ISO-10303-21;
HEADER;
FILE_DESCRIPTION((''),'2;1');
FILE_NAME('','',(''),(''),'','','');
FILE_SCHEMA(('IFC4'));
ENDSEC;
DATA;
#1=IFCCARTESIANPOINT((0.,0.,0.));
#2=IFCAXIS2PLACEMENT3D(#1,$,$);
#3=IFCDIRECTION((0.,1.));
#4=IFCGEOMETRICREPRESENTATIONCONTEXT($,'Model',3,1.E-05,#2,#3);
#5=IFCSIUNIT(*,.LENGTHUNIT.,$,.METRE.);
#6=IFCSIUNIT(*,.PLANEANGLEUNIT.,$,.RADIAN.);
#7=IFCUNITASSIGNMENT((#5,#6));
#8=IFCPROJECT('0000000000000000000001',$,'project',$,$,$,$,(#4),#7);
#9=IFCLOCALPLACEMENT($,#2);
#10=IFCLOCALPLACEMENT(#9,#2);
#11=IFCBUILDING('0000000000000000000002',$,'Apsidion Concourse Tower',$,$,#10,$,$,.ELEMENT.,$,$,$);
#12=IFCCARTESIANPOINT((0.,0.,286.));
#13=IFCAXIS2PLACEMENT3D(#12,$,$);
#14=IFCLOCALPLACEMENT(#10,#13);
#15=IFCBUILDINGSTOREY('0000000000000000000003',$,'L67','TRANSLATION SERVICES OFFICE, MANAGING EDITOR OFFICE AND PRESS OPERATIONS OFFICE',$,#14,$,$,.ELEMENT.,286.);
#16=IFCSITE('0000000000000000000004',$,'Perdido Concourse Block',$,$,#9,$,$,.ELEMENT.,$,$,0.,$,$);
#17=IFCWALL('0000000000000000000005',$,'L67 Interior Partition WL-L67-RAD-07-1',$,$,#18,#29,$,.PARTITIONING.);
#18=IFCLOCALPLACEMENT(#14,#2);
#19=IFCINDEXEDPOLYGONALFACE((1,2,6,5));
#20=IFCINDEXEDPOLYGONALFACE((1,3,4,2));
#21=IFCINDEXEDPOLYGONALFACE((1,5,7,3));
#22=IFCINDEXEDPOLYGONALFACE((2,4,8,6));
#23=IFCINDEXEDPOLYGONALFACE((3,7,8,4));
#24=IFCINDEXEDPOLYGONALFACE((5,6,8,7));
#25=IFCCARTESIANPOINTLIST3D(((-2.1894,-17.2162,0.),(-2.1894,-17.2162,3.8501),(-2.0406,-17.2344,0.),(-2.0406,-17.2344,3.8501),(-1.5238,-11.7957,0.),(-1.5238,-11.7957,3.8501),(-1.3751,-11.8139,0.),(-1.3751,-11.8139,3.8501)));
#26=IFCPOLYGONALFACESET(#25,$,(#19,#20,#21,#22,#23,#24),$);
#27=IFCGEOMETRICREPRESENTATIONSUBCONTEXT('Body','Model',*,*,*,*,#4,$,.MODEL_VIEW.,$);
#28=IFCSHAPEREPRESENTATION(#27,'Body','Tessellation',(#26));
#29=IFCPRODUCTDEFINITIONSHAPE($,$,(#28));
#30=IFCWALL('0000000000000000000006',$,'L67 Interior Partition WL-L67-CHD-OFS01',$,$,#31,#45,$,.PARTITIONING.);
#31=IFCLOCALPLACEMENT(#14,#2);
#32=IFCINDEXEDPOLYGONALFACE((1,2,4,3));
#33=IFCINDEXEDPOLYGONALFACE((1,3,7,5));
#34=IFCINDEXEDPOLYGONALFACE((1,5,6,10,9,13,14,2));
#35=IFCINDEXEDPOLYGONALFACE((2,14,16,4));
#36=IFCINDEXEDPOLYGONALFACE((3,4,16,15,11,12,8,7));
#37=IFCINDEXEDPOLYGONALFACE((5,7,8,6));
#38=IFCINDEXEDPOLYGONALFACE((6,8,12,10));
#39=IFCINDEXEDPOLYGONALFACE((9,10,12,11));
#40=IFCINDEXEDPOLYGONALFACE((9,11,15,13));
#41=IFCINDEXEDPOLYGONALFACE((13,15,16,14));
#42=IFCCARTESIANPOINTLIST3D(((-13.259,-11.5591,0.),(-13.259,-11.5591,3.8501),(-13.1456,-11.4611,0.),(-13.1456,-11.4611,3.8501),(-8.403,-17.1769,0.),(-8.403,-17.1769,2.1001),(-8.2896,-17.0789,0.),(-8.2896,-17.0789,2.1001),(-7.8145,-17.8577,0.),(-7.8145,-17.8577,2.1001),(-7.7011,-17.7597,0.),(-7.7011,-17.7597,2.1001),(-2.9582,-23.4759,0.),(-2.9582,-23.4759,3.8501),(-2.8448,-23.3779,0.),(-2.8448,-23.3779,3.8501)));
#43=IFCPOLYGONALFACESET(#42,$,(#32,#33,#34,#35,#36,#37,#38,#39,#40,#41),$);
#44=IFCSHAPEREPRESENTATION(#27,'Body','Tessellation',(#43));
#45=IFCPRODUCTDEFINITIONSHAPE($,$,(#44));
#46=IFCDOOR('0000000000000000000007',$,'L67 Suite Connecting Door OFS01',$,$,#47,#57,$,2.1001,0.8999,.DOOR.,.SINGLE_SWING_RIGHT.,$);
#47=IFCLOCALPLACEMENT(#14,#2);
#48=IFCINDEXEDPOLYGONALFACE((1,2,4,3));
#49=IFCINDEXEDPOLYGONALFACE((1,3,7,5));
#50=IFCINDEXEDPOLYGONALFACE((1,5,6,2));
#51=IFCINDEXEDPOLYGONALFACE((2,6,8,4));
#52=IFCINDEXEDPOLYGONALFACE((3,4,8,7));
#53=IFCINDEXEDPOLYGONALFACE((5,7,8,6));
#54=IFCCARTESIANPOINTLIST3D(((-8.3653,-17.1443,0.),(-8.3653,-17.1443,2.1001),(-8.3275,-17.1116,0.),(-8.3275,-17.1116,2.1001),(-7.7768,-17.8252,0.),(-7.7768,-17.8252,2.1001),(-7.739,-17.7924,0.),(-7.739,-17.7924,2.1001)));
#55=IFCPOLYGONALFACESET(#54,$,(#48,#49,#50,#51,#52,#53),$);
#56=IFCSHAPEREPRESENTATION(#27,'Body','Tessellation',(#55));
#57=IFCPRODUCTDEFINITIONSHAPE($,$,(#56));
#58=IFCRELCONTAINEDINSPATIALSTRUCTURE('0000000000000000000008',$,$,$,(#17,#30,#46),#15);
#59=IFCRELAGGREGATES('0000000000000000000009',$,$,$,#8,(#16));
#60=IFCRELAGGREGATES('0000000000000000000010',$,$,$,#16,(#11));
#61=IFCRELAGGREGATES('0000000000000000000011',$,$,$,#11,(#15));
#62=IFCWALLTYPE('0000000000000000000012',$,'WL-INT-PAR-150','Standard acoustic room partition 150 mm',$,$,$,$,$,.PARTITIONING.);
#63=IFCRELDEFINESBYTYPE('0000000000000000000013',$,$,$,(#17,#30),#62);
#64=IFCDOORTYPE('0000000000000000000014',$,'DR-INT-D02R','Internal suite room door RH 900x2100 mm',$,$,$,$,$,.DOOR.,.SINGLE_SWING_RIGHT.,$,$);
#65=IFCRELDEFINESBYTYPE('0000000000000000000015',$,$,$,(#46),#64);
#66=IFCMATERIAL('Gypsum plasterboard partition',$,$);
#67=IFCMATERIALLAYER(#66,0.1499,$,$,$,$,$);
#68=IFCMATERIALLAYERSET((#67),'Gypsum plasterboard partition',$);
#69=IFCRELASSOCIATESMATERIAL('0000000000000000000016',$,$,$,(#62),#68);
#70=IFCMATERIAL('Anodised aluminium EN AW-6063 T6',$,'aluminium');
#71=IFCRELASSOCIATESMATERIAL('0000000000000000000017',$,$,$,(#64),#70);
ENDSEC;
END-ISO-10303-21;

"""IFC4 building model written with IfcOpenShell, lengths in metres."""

from ifc_helpers import new_model, si_unit, direction, frame, frame_2d, origin, place, context, subcontext, project, spatial, rectangle, extrude, material, layer, layer_set, type_object, element, fill, save


model = new_model("IFC4")

# Units and contexts
model_context = context("Model", 3, precision=1e-05, world=origin(), true_north=direction((0.0, 1.0)))
body_context = subcontext(model_context, "Body", "Model", "MODEL_VIEW")
ifc_project = project(units=[si_unit("LENGTHUNIT", "METRE"), si_unit("PLANEANGLEUNIT", "RADIAN")], contexts=[model_context])

# Site, building, storey
site_placement = place(None, origin())
site = spatial("IfcSite", under=ifc_project, at=site_placement, Name="Perdido Concourse Block", CompositionType="ELEMENT", RefElevation=0.0)
building_placement = place(site_placement, origin())
building = spatial("IfcBuilding", under=site, at=building_placement, Name="Apsidion Concourse Tower", CompositionType="ELEMENT")
storey_placement = place(building_placement, frame((0.0, 0.0, 286.0)))
storey = spatial("IfcBuildingStorey", under=building, at=storey_placement, Name="L67", Description="TRANSLATION SERVICES OFFICE, MANAGING EDITOR OFFICE AND PRESS OPERATIONS OFFICE", CompositionType="ELEMENT", Elevation=286.0)

# Shared definitions
ifc_material_1 = material(Name="Gypsum plasterboard partition")
ifc_layer = layer(ifc_material_1, 0.1499)
ifc_layer_set = layer_set([ifc_layer], Name="Gypsum plasterboard partition")
wall_type = type_object("IfcWallType", Name="WL-INT-PAR-150", Description="Standard acoustic room partition 150 mm", PredefinedType="PARTITIONING", material=ifc_layer_set)

# Wall
wall_1_placement = place(storey_placement, frame((-1.4495, -11.8049, 0.0), z_axis=(0.0, 0.0, 1.0), x_axis=(-0.121867, -0.992546, 0.0)))
element("IfcWall", 1, at=wall_1_placement, inside=storey, type_object=wall_type, Name="L67 Interior Partition WL-L67-RAD-07-1", PredefinedType="PARTITIONING", context=body_context, shape_type="SweptSolid", body=[
    extrude(rectangle(XDim=5.4612, YDim=0.1499, at=frame_2d((2.7305, 0.0))), origin(), (0.0, 0.0, 1.0), 3.8501),
])

# Wall, opening, door
wall_2_placement = place(storey_placement, frame((-13.2024, -11.51, 0.0), z_axis=(0.0, 0.0, 1.0), x_axis=(0.653949, -0.756539, 0.0)))
wall_2 = element("IfcWall", 2, at=wall_2_placement, inside=storey, type_object=wall_type, Name="L67 Interior Partition WL-L67-CHD-OFS01", PredefinedType="PARTITIONING", context=body_context, shape_type="SweptSolid", body=[
    extrude(rectangle(XDim=15.7517, YDim=0.1499, at=frame_2d((7.876, 0.0))), origin(), (0.0, 0.0, 1.0), 3.8501),
])
opening_1_placement = place(wall_2_placement, frame((7.4258, 0.0, 0.0)))
opening_1 = element("IfcOpeningElement", 3, at=opening_1_placement, cuts=wall_2, PredefinedType="OPENING", context=body_context, shape_type="SweptSolid", body=[
    extrude(rectangle(XDim=0.8999, YDim=2.1001, at=frame_2d((0.45, 1.05))), frame((0.0, 0.085, 0.0), z_axis=(0.0, -1.0, 0.0), x_axis=(1.0, 0.0, 0.0)), (0.0, 0.0, 1.0), 0.1699),
])
ifc_material_2 = material(Name="Anodised aluminium EN AW-6063 T6", Category="aluminium")
door_type_1 = type_object("IfcDoorType", Name="DR-INT-D02R", Description="Internal suite room door RH 900x2100 mm", OperationType="SINGLE_SWING_RIGHT", PredefinedType="DOOR", material=ifc_material_2)
door_1_placement = place(opening_1_placement, origin())
door_1 = element("IfcDoor", 4, at=door_1_placement, inside=storey, type_object=door_type_1, Name="L67 Suite Connecting Door OFS01", OperationType="SINGLE_SWING_RIGHT", OverallHeight=2.1001, OverallWidth=0.8999, PredefinedType="DOOR", context=body_context, shape_type="SweptSolid", body=[
    extrude(rectangle(XDim=0.8999, YDim=2.1001, at=frame_2d((0.45, 1.05))), frame((0.0, 0.0249, 0.0), z_axis=(0.0, -1.0, 0.0), x_axis=(1.0, 0.0, 0.0)), (0.0, 0.0, 1.0), 0.05),
])
fill(opening_1, door_1)

save(model, "model.ifc")
